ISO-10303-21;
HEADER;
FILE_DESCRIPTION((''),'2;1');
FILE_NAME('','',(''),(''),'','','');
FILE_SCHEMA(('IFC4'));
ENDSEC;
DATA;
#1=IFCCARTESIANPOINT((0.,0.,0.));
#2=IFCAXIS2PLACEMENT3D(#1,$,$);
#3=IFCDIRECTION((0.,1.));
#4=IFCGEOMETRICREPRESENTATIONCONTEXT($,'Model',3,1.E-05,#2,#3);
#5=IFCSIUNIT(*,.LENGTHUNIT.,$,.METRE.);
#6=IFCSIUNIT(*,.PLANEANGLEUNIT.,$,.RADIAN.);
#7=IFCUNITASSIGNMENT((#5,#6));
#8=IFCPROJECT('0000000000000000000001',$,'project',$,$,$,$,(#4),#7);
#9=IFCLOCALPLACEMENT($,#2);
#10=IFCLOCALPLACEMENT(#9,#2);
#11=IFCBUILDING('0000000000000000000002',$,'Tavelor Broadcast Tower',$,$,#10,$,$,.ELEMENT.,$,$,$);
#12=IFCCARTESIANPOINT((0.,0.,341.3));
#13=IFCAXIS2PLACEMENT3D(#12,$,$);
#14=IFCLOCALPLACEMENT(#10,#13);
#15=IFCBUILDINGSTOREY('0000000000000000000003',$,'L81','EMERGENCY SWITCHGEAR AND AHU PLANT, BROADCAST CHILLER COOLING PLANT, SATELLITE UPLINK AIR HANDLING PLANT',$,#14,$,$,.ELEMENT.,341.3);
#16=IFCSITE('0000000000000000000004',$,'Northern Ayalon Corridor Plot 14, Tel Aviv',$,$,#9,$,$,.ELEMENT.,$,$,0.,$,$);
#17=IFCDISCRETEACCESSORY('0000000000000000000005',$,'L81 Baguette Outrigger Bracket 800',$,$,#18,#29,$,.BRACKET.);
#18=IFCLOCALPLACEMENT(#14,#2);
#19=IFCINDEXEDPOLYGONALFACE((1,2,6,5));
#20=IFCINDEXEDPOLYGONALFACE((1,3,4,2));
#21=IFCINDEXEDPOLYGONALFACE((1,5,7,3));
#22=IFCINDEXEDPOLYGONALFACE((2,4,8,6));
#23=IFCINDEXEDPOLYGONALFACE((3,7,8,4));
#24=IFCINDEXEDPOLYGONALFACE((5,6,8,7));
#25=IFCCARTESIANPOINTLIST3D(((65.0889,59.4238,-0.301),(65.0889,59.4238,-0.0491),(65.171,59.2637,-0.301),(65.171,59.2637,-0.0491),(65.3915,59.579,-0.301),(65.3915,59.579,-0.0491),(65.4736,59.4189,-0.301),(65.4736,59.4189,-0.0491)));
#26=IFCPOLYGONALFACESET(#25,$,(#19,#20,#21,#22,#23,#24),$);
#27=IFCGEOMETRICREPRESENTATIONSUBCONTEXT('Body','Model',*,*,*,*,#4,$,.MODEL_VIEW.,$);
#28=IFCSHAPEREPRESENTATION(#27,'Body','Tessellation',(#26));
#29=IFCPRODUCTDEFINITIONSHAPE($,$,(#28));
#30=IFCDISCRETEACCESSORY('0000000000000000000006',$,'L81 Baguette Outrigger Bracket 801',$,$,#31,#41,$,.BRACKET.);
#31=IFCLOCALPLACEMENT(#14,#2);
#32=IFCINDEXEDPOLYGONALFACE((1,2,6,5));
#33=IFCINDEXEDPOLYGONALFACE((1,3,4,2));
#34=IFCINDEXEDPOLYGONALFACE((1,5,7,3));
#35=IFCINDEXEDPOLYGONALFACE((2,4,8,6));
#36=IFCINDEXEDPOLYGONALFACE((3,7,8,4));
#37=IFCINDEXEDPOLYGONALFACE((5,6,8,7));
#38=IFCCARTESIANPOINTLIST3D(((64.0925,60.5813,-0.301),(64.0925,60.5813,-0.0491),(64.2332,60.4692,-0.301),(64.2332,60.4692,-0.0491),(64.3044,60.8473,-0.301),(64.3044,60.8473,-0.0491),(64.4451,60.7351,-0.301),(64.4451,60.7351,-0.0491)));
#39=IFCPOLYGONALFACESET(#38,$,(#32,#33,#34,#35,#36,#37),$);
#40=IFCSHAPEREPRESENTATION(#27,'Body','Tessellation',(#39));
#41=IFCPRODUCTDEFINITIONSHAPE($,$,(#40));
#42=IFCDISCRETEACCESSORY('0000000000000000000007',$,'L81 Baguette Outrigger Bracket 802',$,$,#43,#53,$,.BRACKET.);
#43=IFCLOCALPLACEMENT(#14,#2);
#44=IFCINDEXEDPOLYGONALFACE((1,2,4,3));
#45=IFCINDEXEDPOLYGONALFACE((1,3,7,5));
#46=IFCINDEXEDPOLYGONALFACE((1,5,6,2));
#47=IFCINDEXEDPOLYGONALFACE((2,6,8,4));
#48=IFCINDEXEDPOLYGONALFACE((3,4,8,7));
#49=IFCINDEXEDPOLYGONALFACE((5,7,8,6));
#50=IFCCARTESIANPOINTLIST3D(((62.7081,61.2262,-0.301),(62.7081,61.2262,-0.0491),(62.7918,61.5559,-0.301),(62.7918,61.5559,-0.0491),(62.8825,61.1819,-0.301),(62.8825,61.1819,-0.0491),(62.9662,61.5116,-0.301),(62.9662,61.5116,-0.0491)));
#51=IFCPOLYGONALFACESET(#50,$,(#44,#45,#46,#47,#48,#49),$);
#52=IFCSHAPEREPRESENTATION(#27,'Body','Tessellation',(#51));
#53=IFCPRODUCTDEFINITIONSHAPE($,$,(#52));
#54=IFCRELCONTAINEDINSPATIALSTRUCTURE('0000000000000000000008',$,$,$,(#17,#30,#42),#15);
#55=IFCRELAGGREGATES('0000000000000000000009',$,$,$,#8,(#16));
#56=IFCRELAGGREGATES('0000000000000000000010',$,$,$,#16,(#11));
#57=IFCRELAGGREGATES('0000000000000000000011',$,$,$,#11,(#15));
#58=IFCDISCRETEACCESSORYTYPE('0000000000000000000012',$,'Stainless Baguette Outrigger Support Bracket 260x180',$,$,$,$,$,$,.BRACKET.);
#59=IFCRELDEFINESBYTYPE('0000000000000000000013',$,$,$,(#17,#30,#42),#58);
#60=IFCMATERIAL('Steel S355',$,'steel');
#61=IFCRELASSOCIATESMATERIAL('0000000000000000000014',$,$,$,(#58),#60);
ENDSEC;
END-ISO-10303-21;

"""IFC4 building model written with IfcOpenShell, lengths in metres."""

from ifc_helpers import new_model, si_unit, direction, frame, origin, origin_2d, place, context, subcontext, project, spatial, rectangle, extrude, source, transform, mapped, material, type_object, type_shapes, element, save


model = new_model("IFC4")

# Units and contexts
model_context = context("Model", 3, precision=1e-05, world=origin(), true_north=direction((0.0, 1.0)))
body_context = subcontext(model_context, "Body", "Model", "MODEL_VIEW")
ifc_project = project(units=[si_unit("LENGTHUNIT", "METRE"), si_unit("PLANEANGLEUNIT", "RADIAN")], contexts=[model_context])

# Site, building, storey
site_placement = place(None, origin())
site = spatial("IfcSite", under=ifc_project, at=site_placement, Name="Northern Ayalon Corridor Plot 14, Tel Aviv", CompositionType="ELEMENT", RefElevation=0.0)
building_placement = place(site_placement, origin())
building = spatial("IfcBuilding", under=site, at=building_placement, Name="Tavelor Broadcast Tower", CompositionType="ELEMENT")
storey_placement = place(building_placement, frame((0.0, 0.0, 341.3)))
storey = spatial("IfcBuildingStorey", under=building, at=storey_placement, Name="L81", Description="EMERGENCY SWITCHGEAR AND AHU PLANT, BROADCAST CHILLER COOLING PLANT, SATELLITE UPLINK AIR HANDLING PLANT", CompositionType="ELEMENT", Elevation=341.3)

# Discrete accessories
ifc_material_1 = material(Name="Steel S355", Category="steel")
discrete_accessory_type = type_object("IfcDiscreteAccessoryType", Name="Stainless Baguette Outrigger Support Bracket 260x180", PredefinedType="BRACKET", material=ifc_material_1)
shared_shape_1 = source(origin(), body_context, "Body", "SweptSolid", [
    extrude(rectangle(XDim=0.1799, YDim=0.3401, at=origin_2d()), origin(), (0.0, 0.0, 1.0), 0.252),
])
type_shapes(discrete_accessory_type, [shared_shape_1])
for number, where, z_axis, x_axis, name in (
    (1, (65.2812, 59.4214, -0.301), (0.0, 0.0, 1.0), (-0.456322, 0.889815, 0.0), "L81 Baguette Outrigger Bracket 800"),
    (2, (64.2688, 60.6582, -0.301), (0.0, 0.0, 1.0), (-0.782065, 0.623197, 0.0), "L81 Baguette Outrigger Bracket 801"),
    (3, (62.8372, 61.3689, -0.301), (0.0, 0.0, 1.0), (-0.969231, 0.246153, 0.0), "L81 Baguette Outrigger Bracket 802"),
):
    element("IfcDiscreteAccessory", number, at=place(storey_placement, frame(where, z_axis=z_axis, x_axis=x_axis)), inside=storey, type_object=discrete_accessory_type, Name=name, PredefinedType="BRACKET", context=body_context, shape_type="MappedRepresentation", body=[
        mapped(shared_shape_1, transform((0.0, 0.0, 0.0), scale=1.0)),
    ])

save(model, "model.ifc")
